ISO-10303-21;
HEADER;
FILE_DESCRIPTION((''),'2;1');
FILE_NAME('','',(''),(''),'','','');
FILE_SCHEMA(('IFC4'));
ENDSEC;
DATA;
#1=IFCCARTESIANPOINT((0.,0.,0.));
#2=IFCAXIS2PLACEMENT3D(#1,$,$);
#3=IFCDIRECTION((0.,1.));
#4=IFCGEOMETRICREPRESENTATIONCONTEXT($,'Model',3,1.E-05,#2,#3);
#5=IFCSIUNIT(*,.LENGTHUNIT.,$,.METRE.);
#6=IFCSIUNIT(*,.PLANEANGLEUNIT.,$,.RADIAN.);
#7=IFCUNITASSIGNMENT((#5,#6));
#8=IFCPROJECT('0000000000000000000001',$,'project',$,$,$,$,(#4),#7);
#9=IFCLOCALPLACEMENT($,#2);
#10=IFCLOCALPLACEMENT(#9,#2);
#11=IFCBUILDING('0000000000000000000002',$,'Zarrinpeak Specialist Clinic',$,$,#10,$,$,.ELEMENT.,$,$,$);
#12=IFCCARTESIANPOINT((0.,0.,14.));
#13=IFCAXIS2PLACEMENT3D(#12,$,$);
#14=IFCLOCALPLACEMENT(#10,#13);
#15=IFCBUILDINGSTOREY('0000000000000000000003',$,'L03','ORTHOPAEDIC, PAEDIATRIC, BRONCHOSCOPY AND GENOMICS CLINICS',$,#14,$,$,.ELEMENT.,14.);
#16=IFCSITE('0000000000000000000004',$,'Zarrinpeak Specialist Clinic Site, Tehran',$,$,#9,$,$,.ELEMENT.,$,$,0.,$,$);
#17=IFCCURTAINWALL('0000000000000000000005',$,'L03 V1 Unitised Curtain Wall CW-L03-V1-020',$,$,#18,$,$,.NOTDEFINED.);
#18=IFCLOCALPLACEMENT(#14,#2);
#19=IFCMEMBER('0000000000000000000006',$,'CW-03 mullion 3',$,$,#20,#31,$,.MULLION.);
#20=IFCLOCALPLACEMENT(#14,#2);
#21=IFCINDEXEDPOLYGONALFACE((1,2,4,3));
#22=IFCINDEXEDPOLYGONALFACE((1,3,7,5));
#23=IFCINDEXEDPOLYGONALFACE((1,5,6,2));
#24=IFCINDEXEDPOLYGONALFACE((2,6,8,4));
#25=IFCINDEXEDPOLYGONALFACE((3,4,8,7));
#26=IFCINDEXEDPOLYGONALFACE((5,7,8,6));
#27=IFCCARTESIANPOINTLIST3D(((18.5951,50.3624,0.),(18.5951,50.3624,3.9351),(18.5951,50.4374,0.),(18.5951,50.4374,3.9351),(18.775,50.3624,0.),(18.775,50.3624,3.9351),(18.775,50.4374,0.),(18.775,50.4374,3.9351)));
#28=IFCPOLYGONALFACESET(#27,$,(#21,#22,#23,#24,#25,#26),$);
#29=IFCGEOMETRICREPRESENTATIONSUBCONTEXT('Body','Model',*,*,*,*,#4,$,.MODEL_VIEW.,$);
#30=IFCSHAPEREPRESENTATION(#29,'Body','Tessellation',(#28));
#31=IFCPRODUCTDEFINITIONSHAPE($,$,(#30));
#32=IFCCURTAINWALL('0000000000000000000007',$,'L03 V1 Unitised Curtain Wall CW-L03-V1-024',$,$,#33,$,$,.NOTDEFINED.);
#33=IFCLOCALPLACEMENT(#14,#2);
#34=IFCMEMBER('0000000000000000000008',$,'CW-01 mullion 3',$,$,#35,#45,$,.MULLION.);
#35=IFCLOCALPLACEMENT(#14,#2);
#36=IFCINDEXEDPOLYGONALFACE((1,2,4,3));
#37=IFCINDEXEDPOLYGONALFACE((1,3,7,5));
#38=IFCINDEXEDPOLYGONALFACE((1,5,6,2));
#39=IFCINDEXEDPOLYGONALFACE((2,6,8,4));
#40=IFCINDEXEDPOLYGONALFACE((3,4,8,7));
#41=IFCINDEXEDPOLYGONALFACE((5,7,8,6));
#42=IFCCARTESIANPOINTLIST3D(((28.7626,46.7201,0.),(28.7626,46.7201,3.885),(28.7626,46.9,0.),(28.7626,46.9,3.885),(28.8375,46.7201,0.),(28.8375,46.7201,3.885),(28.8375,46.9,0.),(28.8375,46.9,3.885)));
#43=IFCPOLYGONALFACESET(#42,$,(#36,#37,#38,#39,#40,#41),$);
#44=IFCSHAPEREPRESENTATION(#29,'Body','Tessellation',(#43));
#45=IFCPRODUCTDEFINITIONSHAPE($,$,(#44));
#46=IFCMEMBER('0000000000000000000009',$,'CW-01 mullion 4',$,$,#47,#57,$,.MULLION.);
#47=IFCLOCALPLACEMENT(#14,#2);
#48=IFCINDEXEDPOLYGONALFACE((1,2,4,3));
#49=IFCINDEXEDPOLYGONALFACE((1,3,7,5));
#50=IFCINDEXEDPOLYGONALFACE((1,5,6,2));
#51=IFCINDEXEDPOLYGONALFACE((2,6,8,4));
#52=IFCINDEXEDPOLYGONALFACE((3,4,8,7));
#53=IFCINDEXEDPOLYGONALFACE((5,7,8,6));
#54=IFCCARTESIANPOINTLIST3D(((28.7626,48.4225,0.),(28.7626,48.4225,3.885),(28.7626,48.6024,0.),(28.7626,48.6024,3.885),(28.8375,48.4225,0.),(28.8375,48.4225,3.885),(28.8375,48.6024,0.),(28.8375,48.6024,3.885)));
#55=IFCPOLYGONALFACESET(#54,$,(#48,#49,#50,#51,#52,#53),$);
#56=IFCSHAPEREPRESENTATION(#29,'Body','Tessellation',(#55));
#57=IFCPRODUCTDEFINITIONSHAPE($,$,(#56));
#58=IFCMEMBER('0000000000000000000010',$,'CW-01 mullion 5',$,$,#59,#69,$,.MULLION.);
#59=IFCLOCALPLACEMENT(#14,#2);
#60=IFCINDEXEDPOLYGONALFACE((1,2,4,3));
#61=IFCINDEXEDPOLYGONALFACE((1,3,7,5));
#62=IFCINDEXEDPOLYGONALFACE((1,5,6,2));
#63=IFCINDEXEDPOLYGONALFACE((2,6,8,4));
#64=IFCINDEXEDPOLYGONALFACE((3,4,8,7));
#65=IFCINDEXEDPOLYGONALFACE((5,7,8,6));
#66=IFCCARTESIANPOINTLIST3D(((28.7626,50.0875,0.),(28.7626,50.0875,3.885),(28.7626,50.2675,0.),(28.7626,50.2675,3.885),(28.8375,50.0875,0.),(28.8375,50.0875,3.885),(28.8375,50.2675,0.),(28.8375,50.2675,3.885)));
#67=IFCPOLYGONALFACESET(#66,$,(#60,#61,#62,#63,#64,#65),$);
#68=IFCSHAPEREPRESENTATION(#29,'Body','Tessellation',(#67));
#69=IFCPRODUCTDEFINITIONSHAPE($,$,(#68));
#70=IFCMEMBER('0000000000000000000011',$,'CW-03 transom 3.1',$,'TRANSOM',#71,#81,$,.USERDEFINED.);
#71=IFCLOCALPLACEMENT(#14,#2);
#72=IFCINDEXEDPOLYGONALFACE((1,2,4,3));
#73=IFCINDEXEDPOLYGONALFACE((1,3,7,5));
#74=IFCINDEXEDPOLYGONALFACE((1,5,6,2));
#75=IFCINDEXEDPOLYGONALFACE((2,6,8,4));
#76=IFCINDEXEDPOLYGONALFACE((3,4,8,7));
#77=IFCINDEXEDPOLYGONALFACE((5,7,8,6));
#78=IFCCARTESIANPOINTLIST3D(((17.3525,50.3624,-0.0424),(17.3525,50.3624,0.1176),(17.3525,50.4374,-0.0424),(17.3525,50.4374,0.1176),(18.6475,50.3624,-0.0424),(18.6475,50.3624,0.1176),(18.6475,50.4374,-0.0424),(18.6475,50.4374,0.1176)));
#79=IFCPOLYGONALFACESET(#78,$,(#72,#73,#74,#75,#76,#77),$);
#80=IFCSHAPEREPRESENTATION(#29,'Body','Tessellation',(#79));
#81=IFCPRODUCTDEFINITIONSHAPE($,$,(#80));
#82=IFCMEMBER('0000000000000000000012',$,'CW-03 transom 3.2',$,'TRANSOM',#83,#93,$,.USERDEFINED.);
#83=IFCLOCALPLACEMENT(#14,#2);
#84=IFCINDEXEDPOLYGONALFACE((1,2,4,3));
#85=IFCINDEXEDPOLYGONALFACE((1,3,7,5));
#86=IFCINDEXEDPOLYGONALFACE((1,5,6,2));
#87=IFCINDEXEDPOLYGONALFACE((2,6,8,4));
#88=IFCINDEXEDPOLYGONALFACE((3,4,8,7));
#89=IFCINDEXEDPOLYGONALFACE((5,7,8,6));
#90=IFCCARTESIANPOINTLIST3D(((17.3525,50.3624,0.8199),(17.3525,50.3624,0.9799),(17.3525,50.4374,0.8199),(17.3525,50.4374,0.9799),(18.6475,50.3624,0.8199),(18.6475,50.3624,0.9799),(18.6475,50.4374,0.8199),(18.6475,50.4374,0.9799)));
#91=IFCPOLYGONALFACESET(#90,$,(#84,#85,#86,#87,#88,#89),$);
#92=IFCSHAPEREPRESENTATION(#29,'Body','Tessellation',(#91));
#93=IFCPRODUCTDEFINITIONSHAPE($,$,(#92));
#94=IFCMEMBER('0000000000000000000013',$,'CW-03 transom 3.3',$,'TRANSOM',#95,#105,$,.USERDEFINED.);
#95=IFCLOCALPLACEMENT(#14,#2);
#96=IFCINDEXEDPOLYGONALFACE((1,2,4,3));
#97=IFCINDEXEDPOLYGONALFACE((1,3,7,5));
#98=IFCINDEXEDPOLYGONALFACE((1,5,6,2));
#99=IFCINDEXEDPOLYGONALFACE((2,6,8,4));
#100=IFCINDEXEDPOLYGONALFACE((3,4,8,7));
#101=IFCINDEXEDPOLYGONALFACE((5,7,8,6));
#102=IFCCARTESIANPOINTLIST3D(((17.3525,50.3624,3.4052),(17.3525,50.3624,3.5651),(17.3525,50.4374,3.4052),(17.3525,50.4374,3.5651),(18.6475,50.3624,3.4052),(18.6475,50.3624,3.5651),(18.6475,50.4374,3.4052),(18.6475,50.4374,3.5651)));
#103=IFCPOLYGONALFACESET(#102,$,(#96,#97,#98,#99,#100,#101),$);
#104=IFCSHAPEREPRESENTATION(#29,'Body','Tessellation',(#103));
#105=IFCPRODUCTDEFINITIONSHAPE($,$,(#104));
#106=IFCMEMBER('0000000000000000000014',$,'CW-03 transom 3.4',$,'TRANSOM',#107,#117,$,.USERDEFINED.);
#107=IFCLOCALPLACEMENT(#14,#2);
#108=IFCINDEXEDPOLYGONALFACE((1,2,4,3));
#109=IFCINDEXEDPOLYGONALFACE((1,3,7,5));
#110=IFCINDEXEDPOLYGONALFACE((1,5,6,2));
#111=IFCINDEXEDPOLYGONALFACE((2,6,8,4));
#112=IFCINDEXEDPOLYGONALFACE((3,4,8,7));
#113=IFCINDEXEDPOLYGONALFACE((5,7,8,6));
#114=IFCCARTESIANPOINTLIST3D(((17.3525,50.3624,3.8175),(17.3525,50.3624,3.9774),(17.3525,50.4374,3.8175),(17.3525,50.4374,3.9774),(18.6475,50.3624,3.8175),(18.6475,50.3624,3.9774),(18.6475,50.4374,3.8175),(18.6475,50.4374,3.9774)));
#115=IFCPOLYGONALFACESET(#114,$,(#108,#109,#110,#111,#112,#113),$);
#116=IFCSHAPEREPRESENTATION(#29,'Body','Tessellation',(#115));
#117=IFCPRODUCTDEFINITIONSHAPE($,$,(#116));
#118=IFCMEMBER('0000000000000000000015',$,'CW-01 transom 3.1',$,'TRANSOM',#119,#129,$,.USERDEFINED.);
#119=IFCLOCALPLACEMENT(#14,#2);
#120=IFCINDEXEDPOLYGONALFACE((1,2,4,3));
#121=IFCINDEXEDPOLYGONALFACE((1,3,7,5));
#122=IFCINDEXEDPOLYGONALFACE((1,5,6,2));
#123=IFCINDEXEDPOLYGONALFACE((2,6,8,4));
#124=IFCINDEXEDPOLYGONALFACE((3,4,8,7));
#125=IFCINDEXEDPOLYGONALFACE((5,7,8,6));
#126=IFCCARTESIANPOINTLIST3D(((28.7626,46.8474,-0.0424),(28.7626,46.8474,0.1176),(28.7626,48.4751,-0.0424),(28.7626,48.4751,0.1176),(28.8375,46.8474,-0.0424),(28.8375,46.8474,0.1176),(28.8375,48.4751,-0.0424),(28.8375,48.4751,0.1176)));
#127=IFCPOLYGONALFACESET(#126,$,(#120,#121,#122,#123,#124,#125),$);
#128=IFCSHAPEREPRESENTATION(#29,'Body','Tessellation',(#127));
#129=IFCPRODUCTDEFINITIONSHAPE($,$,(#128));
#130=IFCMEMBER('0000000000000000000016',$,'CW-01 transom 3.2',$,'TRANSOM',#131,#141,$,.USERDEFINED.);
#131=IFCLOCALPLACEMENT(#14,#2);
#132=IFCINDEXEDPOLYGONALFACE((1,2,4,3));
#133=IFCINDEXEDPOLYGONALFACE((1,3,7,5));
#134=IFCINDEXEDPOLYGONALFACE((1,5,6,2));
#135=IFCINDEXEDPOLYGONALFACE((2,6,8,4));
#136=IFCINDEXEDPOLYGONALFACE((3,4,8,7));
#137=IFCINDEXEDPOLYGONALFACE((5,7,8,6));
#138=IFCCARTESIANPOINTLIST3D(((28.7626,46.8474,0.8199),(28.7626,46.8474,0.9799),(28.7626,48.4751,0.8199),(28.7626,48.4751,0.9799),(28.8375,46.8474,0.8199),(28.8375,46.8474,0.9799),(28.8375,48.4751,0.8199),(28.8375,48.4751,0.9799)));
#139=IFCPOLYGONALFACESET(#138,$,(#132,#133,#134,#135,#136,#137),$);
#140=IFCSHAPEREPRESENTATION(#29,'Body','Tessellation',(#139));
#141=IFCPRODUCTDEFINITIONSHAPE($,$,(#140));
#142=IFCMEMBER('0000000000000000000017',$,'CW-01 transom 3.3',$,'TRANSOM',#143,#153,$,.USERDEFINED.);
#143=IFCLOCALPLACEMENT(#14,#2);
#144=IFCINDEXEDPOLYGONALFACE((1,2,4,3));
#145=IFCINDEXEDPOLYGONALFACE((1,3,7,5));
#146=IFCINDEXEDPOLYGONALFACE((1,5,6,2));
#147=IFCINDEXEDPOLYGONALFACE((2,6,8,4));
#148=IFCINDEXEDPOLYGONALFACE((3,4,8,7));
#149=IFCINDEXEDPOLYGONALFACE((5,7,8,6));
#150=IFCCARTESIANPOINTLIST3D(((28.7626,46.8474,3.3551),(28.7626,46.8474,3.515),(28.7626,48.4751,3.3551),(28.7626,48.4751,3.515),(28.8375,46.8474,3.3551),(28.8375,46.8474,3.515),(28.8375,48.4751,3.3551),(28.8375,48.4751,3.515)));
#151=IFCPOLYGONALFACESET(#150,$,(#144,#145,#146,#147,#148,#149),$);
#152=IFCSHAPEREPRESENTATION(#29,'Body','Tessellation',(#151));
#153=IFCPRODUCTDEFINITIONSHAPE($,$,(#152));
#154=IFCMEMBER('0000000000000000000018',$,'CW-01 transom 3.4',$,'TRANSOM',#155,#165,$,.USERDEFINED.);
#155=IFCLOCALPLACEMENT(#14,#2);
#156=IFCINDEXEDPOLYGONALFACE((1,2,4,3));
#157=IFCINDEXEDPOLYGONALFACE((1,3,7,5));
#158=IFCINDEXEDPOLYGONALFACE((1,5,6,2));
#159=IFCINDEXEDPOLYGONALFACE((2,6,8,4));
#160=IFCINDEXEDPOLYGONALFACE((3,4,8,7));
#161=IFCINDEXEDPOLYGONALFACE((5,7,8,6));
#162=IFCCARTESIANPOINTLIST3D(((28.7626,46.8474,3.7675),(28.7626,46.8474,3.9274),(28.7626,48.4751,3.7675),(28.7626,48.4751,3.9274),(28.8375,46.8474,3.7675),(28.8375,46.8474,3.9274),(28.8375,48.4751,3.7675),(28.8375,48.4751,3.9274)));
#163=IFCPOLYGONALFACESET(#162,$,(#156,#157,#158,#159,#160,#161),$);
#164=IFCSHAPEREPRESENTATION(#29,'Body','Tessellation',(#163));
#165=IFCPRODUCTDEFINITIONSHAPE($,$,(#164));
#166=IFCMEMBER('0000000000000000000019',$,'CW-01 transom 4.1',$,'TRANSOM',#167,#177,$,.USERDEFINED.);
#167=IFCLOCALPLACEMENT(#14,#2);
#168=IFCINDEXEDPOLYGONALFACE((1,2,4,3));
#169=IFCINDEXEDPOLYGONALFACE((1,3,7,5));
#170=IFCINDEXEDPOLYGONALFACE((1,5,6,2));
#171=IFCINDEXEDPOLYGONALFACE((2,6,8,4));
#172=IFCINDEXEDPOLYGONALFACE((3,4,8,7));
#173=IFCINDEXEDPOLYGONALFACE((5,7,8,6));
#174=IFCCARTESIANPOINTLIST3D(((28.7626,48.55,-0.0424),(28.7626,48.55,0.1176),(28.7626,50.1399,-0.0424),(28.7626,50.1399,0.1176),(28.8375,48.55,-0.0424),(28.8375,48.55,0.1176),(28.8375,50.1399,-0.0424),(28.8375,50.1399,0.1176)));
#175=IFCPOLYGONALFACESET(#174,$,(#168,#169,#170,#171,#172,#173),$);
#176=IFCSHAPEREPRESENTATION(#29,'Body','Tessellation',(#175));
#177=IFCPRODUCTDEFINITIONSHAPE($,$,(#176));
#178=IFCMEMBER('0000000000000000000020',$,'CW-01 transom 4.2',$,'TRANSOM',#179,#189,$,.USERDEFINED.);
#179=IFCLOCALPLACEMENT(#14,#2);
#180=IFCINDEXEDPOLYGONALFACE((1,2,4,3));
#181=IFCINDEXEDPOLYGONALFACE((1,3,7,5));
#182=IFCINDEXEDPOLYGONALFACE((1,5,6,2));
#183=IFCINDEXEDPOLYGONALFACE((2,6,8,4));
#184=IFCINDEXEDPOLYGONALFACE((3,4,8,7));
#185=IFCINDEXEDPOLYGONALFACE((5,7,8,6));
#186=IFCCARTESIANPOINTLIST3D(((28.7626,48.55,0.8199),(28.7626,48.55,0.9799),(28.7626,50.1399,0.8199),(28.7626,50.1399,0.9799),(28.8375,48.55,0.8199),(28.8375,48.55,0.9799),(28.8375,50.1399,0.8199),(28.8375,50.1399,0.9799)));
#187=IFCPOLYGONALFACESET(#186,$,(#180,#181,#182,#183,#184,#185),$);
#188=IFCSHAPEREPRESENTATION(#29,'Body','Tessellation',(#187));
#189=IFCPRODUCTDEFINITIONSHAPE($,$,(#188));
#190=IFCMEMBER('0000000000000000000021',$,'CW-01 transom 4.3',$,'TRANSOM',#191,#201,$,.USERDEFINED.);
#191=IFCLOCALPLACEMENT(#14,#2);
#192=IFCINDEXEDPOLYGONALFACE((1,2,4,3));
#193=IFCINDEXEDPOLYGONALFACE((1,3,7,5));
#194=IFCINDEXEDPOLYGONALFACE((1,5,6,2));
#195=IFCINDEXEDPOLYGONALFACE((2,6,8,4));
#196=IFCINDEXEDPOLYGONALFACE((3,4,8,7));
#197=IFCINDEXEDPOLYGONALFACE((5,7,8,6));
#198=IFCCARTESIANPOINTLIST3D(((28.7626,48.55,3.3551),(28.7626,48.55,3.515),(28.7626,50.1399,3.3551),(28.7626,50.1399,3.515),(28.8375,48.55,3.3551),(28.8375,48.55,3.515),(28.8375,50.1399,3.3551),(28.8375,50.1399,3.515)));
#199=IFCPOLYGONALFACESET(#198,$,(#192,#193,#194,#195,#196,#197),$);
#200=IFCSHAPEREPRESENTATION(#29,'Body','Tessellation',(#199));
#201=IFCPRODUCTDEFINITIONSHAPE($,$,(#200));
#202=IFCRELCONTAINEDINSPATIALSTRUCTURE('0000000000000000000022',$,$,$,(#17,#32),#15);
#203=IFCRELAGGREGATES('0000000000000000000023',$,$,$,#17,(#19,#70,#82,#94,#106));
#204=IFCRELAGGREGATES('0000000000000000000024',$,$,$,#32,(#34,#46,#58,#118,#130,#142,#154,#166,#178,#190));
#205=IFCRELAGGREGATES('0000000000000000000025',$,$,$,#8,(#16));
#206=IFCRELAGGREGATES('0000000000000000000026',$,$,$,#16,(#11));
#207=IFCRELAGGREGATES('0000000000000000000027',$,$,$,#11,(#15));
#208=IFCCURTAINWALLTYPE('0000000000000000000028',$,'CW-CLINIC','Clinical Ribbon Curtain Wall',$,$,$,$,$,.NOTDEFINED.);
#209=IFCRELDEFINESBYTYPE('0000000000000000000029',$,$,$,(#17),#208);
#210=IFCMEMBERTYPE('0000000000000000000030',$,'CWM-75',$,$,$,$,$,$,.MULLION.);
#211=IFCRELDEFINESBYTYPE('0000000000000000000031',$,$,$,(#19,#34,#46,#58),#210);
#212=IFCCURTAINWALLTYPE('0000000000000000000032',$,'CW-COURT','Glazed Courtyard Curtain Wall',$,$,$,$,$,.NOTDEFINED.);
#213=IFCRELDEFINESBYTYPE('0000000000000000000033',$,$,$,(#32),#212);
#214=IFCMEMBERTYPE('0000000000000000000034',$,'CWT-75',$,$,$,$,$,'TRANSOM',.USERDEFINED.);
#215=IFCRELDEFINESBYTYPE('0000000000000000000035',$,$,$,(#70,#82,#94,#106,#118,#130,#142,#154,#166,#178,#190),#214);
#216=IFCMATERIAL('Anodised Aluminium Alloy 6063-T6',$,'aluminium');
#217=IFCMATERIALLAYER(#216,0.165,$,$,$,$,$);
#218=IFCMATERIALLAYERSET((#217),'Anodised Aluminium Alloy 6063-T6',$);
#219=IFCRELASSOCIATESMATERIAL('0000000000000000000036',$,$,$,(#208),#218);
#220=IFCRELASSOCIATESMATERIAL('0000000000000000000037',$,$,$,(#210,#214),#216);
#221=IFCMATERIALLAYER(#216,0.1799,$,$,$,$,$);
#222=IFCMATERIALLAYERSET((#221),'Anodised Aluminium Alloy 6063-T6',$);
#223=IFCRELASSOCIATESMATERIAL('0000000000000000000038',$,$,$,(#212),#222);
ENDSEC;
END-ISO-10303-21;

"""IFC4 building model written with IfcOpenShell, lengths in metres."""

from ifc_helpers import new_model, si_unit, direction, frame, origin, origin_2d, place, context, subcontext, project, spatial, rectangle, extrude, material, layer, layer_set, material_profile, profile_set, type_object, element, aggregate, save


model = new_model("IFC4")

# Units and contexts
model_context = context("Model", 3, precision=1e-05, world=origin(), true_north=direction((0.0, 1.0)))
body_context = subcontext(model_context, "Body", "Model", "MODEL_VIEW")
ifc_project = project(units=[si_unit("LENGTHUNIT", "METRE"), si_unit("PLANEANGLEUNIT", "RADIAN")], contexts=[model_context])

# Site, building, storey
site_placement = place(None, origin())
site = spatial("IfcSite", under=ifc_project, at=site_placement, Name="Zarrinpeak Specialist Clinic Site, Tehran", CompositionType="ELEMENT", RefElevation=0.0)
building_placement = place(site_placement, origin())
building = spatial("IfcBuilding", under=site, at=building_placement, Name="Zarrinpeak Specialist Clinic", CompositionType="ELEMENT")
storey_placement = place(building_placement, frame((0.0, 0.0, 14.0)))
storey = spatial("IfcBuildingStorey", under=building, at=storey_placement, Name="L03", Description="ORTHOPAEDIC, PAEDIATRIC, BRONCHOSCOPY AND GENOMICS CLINICS", CompositionType="ELEMENT", Elevation=14.0)

# Curtain wall, member
ifc_material_1 = material(Name="Anodised Aluminium Alloy 6063-T6", Category="aluminium")
ifc_layer_1 = layer(ifc_material_1, 0.165)
ifc_layer_set_1 = layer_set([ifc_layer_1], Name="Anodised Aluminium Alloy 6063-T6")
curtain_wall_type_1 = type_object("IfcCurtainWallType", Name="CW-CLINIC", Description="Clinical Ribbon Curtain Wall", PredefinedType="NOTDEFINED", material=ifc_layer_set_1)
curtain_wall_1_placement = place(storey_placement, origin())
curtain_wall_1 = element("IfcCurtainWall", 1, at=curtain_wall_1_placement, inside=storey, type_object=curtain_wall_type_1, Name="L03 V1 Unitised Curtain Wall CW-L03-V1-020", PredefinedType="NOTDEFINED")
ifc_material_profile_1 = material_profile(ifc_material_1, rectangle(XDim=0.075, YDim=0.1799, at=origin_2d()), Name="ALU 75x180")
ifc_profile_set_1 = profile_set([ifc_material_profile_1], Name="Anodised Aluminium Alloy 6063-T6")
member_type_1 = type_object("IfcMemberType", Name="CWM-75", PredefinedType="MULLION", material=ifc_profile_set_1)
member_1_placement = place(storey_placement, frame((18.6851, 50.3999, 0.0), z_axis=(0.0, 0.0, 1.0), x_axis=(0.0, -1.0, 0.0)))
member_1 = element("IfcMember", 2, at=member_1_placement, type_object=member_type_1, Name="CW-03 mullion 3", PredefinedType="MULLION", context=body_context, shape_type="SweptSolid", body=[
    extrude(rectangle(XDim=0.075, YDim=0.1799, at=origin_2d()), origin(), (0.0, 0.0, 1.0), 3.9351),
])

# Curtain wall, members
ifc_layer_2 = layer(ifc_material_1, 0.1799)
ifc_layer_set_2 = layer_set([ifc_layer_2], Name="Anodised Aluminium Alloy 6063-T6")
curtain_wall_type_2 = type_object("IfcCurtainWallType", Name="CW-COURT", Description="Glazed Courtyard Curtain Wall", PredefinedType="NOTDEFINED", material=ifc_layer_set_2)
curtain_wall_2_placement = place(storey_placement, origin())
curtain_wall_2 = element("IfcCurtainWall", 3, at=curtain_wall_2_placement, inside=storey, type_object=curtain_wall_type_2, Name="L03 V1 Unitised Curtain Wall CW-L03-V1-024", PredefinedType="NOTDEFINED")
member_2_placement = place(storey_placement, frame((28.8, 46.8101, 0.0), z_axis=(0.0, 0.0, 1.0), x_axis=(-1.0, 0.0, 0.0)))
member_2 = element("IfcMember", 4, at=member_2_placement, type_object=member_type_1, Name="CW-01 mullion 3", PredefinedType="MULLION", context=body_context, shape_type="SweptSolid", body=[
    extrude(rectangle(XDim=0.075, YDim=0.1799, at=origin_2d()), origin(), (0.0, 0.0, 1.0), 3.885),
])
member_3_placement = place(storey_placement, frame((28.8, 48.5125, 0.0), z_axis=(0.0, 0.0, 1.0), x_axis=(-1.0, 0.0, 0.0)))
member_3 = element("IfcMember", 5, at=member_3_placement, type_object=member_type_1, Name="CW-01 mullion 4", PredefinedType="MULLION", context=body_context, shape_type="SweptSolid", body=[
    extrude(rectangle(XDim=0.075, YDim=0.1799, at=origin_2d()), origin(), (0.0, 0.0, 1.0), 3.885),
])
member_4_placement = place(storey_placement, frame((28.8, 50.1775, 0.0), z_axis=(0.0, 0.0, 1.0), x_axis=(-1.0, 0.0, 0.0)))
member_4 = element("IfcMember", 6, at=member_4_placement, type_object=member_type_1, Name="CW-01 mullion 5", PredefinedType="MULLION", context=body_context, shape_type="SweptSolid", body=[
    extrude(rectangle(XDim=0.075, YDim=0.1799, at=origin_2d()), origin(), (0.0, 0.0, 1.0), 3.885),
])

# Members
ifc_material_profile_2 = material_profile(ifc_material_1, rectangle(XDim=0.075, YDim=0.1599, at=origin_2d()), Name="ALU 75x160")
ifc_profile_set_2 = profile_set([ifc_material_profile_2], Name="Anodised Aluminium Alloy 6063-T6")
member_type_2 = type_object("IfcMemberType", Name="CWT-75", ElementType="TRANSOM", PredefinedType="USERDEFINED", material=ifc_profile_set_2)
member_5_placement = place(storey_placement, frame((18.6475, 50.3999, 0.0376), z_axis=(-1.0, 0.0, 0.0), x_axis=(0.0, -1.0, 0.0)))
member_5 = element("IfcMember", 7, at=member_5_placement, type_object=member_type_2, Name="CW-03 transom 3.1", ObjectType="TRANSOM", PredefinedType="USERDEFINED", context=body_context, shape_type="SweptSolid", body=[
    extrude(rectangle(XDim=0.075, YDim=0.1599, at=origin_2d()), origin(), (0.0, 0.0, 1.0), 1.2949),
])
member_6_placement = place(storey_placement, frame((18.6475, 50.3999, 0.8999), z_axis=(-1.0, 0.0, 0.0), x_axis=(0.0, -1.0, 0.0)))
member_6 = element("IfcMember", 8, at=member_6_placement, type_object=member_type_2, Name="CW-03 transom 3.2", ObjectType="TRANSOM", PredefinedType="USERDEFINED", context=body_context, shape_type="SweptSolid", body=[
    extrude(rectangle(XDim=0.075, YDim=0.1599, at=origin_2d()), origin(), (0.0, 0.0, 1.0), 1.2949),
])
member_7_placement = place(storey_placement, frame((18.6475, 50.3999, 3.4851), z_axis=(-1.0, 0.0, 0.0), x_axis=(0.0, -1.0, 0.0)))
member_7 = element("IfcMember", 9, at=member_7_placement, type_object=member_type_2, Name="CW-03 transom 3.3", ObjectType="TRANSOM", PredefinedType="USERDEFINED", context=body_context, shape_type="SweptSolid", body=[
    extrude(rectangle(XDim=0.075, YDim=0.1599, at=origin_2d()), origin(), (0.0, 0.0, 1.0), 1.2949),
])
member_8_placement = place(storey_placement, frame((18.6475, 50.3999, 3.8975), z_axis=(-1.0, 0.0, 0.0), x_axis=(0.0, -1.0, 0.0)))
member_8 = element("IfcMember", 10, at=member_8_placement, type_object=member_type_2, Name="CW-03 transom 3.4", ObjectType="TRANSOM", PredefinedType="USERDEFINED", context=body_context, shape_type="SweptSolid", body=[
    extrude(rectangle(XDim=0.075, YDim=0.1599, at=origin_2d()), origin(), (0.0, 0.0, 1.0), 1.2949),
])
aggregate(curtain_wall_1, [member_1, member_5, member_6, member_7, member_8])
member_9_placement = place(storey_placement, frame((28.8, 46.8474, 0.0376), z_axis=(0.0, 1.0, 0.0), x_axis=(-1.0, 0.0, 0.0)))
member_9 = element("IfcMember", 11, at=member_9_placement, type_object=member_type_2, Name="CW-01 transom 3.1", ObjectType="TRANSOM", PredefinedType="USERDEFINED", context=body_context, shape_type="SweptSolid", body=[
    extrude(rectangle(XDim=0.075, YDim=0.1599, at=origin_2d()), origin(), (0.0, 0.0, 1.0), 1.6277),
])
member_10_placement = place(storey_placement, frame((28.8, 46.8474, 0.8999), z_axis=(0.0, 1.0, 0.0), x_axis=(-1.0, 0.0, 0.0)))
member_10 = element("IfcMember", 12, at=member_10_placement, type_object=member_type_2, Name="CW-01 transom 3.2", ObjectType="TRANSOM", PredefinedType="USERDEFINED", context=body_context, shape_type="SweptSolid", body=[
    extrude(rectangle(XDim=0.075, YDim=0.1599, at=origin_2d()), origin(), (0.0, 0.0, 1.0), 1.6277),
])
member_11_placement = place(storey_placement, frame((28.8, 46.8474, 3.4351), z_axis=(0.0, 1.0, 0.0), x_axis=(-1.0, 0.0, 0.0)))
member_11 = element("IfcMember", 13, at=member_11_placement, type_object=member_type_2, Name="CW-01 transom 3.3", ObjectType="TRANSOM", PredefinedType="USERDEFINED", context=body_context, shape_type="SweptSolid", body=[
    extrude(rectangle(XDim=0.075, YDim=0.1599, at=origin_2d()), origin(), (0.0, 0.0, 1.0), 1.6277),
])
member_12_placement = place(storey_placement, frame((28.8, 46.8474, 3.8474), z_axis=(0.0, 1.0, 0.0), x_axis=(-1.0, 0.0, 0.0)))
member_12 = element("IfcMember", 14, at=member_12_placement, type_object=member_type_2, Name="CW-01 transom 3.4", ObjectType="TRANSOM", PredefinedType="USERDEFINED", context=body_context, shape_type="SweptSolid", body=[
    extrude(rectangle(XDim=0.075, YDim=0.1599, at=origin_2d()), origin(), (0.0, 0.0, 1.0), 1.6277),
])
member_13_placement = place(storey_placement, frame((28.8, 48.55, 0.0376), z_axis=(0.0, 1.0, 0.0), x_axis=(-1.0, 0.0, 0.0)))
member_13 = element("IfcMember", 15, at=member_13_placement, type_object=member_type_2, Name="CW-01 transom 4.1", ObjectType="TRANSOM", PredefinedType="USERDEFINED", context=body_context, shape_type="SweptSolid", body=[
    extrude(rectangle(XDim=0.075, YDim=0.1599, at=origin_2d()), origin(), (0.0, 0.0, 1.0), 1.5898),
])
member_14_placement = place(storey_placement, frame((28.8, 48.55, 0.8999), z_axis=(0.0, 1.0, 0.0), x_axis=(-1.0, 0.0, 0.0)))
member_14 = element("IfcMember", 16, at=member_14_placement, type_object=member_type_2, Name="CW-01 transom 4.2", ObjectType="TRANSOM", PredefinedType="USERDEFINED", context=body_context, shape_type="SweptSolid", body=[
    extrude(rectangle(XDim=0.075, YDim=0.1599, at=origin_2d()), origin(), (0.0, 0.0, 1.0), 1.5898),
])
member_15_placement = place(storey_placement, frame((28.8, 48.55, 3.4351), z_axis=(0.0, 1.0, 0.0), x_axis=(-1.0, 0.0, 0.0)))
member_15 = element("IfcMember", 17, at=member_15_placement, type_object=member_type_2, Name="CW-01 transom 4.3", ObjectType="TRANSOM", PredefinedType="USERDEFINED", context=body_context, shape_type="SweptSolid", body=[
    extrude(rectangle(XDim=0.075, YDim=0.1599, at=origin_2d()), origin(), (0.0, 0.0, 1.0), 1.5898),
])

aggregate(curtain_wall_2, [member_2, member_3, member_4, member_9, member_10, member_11, member_12, member_13, member_14, member_15])

save(model, "model.ifc")
